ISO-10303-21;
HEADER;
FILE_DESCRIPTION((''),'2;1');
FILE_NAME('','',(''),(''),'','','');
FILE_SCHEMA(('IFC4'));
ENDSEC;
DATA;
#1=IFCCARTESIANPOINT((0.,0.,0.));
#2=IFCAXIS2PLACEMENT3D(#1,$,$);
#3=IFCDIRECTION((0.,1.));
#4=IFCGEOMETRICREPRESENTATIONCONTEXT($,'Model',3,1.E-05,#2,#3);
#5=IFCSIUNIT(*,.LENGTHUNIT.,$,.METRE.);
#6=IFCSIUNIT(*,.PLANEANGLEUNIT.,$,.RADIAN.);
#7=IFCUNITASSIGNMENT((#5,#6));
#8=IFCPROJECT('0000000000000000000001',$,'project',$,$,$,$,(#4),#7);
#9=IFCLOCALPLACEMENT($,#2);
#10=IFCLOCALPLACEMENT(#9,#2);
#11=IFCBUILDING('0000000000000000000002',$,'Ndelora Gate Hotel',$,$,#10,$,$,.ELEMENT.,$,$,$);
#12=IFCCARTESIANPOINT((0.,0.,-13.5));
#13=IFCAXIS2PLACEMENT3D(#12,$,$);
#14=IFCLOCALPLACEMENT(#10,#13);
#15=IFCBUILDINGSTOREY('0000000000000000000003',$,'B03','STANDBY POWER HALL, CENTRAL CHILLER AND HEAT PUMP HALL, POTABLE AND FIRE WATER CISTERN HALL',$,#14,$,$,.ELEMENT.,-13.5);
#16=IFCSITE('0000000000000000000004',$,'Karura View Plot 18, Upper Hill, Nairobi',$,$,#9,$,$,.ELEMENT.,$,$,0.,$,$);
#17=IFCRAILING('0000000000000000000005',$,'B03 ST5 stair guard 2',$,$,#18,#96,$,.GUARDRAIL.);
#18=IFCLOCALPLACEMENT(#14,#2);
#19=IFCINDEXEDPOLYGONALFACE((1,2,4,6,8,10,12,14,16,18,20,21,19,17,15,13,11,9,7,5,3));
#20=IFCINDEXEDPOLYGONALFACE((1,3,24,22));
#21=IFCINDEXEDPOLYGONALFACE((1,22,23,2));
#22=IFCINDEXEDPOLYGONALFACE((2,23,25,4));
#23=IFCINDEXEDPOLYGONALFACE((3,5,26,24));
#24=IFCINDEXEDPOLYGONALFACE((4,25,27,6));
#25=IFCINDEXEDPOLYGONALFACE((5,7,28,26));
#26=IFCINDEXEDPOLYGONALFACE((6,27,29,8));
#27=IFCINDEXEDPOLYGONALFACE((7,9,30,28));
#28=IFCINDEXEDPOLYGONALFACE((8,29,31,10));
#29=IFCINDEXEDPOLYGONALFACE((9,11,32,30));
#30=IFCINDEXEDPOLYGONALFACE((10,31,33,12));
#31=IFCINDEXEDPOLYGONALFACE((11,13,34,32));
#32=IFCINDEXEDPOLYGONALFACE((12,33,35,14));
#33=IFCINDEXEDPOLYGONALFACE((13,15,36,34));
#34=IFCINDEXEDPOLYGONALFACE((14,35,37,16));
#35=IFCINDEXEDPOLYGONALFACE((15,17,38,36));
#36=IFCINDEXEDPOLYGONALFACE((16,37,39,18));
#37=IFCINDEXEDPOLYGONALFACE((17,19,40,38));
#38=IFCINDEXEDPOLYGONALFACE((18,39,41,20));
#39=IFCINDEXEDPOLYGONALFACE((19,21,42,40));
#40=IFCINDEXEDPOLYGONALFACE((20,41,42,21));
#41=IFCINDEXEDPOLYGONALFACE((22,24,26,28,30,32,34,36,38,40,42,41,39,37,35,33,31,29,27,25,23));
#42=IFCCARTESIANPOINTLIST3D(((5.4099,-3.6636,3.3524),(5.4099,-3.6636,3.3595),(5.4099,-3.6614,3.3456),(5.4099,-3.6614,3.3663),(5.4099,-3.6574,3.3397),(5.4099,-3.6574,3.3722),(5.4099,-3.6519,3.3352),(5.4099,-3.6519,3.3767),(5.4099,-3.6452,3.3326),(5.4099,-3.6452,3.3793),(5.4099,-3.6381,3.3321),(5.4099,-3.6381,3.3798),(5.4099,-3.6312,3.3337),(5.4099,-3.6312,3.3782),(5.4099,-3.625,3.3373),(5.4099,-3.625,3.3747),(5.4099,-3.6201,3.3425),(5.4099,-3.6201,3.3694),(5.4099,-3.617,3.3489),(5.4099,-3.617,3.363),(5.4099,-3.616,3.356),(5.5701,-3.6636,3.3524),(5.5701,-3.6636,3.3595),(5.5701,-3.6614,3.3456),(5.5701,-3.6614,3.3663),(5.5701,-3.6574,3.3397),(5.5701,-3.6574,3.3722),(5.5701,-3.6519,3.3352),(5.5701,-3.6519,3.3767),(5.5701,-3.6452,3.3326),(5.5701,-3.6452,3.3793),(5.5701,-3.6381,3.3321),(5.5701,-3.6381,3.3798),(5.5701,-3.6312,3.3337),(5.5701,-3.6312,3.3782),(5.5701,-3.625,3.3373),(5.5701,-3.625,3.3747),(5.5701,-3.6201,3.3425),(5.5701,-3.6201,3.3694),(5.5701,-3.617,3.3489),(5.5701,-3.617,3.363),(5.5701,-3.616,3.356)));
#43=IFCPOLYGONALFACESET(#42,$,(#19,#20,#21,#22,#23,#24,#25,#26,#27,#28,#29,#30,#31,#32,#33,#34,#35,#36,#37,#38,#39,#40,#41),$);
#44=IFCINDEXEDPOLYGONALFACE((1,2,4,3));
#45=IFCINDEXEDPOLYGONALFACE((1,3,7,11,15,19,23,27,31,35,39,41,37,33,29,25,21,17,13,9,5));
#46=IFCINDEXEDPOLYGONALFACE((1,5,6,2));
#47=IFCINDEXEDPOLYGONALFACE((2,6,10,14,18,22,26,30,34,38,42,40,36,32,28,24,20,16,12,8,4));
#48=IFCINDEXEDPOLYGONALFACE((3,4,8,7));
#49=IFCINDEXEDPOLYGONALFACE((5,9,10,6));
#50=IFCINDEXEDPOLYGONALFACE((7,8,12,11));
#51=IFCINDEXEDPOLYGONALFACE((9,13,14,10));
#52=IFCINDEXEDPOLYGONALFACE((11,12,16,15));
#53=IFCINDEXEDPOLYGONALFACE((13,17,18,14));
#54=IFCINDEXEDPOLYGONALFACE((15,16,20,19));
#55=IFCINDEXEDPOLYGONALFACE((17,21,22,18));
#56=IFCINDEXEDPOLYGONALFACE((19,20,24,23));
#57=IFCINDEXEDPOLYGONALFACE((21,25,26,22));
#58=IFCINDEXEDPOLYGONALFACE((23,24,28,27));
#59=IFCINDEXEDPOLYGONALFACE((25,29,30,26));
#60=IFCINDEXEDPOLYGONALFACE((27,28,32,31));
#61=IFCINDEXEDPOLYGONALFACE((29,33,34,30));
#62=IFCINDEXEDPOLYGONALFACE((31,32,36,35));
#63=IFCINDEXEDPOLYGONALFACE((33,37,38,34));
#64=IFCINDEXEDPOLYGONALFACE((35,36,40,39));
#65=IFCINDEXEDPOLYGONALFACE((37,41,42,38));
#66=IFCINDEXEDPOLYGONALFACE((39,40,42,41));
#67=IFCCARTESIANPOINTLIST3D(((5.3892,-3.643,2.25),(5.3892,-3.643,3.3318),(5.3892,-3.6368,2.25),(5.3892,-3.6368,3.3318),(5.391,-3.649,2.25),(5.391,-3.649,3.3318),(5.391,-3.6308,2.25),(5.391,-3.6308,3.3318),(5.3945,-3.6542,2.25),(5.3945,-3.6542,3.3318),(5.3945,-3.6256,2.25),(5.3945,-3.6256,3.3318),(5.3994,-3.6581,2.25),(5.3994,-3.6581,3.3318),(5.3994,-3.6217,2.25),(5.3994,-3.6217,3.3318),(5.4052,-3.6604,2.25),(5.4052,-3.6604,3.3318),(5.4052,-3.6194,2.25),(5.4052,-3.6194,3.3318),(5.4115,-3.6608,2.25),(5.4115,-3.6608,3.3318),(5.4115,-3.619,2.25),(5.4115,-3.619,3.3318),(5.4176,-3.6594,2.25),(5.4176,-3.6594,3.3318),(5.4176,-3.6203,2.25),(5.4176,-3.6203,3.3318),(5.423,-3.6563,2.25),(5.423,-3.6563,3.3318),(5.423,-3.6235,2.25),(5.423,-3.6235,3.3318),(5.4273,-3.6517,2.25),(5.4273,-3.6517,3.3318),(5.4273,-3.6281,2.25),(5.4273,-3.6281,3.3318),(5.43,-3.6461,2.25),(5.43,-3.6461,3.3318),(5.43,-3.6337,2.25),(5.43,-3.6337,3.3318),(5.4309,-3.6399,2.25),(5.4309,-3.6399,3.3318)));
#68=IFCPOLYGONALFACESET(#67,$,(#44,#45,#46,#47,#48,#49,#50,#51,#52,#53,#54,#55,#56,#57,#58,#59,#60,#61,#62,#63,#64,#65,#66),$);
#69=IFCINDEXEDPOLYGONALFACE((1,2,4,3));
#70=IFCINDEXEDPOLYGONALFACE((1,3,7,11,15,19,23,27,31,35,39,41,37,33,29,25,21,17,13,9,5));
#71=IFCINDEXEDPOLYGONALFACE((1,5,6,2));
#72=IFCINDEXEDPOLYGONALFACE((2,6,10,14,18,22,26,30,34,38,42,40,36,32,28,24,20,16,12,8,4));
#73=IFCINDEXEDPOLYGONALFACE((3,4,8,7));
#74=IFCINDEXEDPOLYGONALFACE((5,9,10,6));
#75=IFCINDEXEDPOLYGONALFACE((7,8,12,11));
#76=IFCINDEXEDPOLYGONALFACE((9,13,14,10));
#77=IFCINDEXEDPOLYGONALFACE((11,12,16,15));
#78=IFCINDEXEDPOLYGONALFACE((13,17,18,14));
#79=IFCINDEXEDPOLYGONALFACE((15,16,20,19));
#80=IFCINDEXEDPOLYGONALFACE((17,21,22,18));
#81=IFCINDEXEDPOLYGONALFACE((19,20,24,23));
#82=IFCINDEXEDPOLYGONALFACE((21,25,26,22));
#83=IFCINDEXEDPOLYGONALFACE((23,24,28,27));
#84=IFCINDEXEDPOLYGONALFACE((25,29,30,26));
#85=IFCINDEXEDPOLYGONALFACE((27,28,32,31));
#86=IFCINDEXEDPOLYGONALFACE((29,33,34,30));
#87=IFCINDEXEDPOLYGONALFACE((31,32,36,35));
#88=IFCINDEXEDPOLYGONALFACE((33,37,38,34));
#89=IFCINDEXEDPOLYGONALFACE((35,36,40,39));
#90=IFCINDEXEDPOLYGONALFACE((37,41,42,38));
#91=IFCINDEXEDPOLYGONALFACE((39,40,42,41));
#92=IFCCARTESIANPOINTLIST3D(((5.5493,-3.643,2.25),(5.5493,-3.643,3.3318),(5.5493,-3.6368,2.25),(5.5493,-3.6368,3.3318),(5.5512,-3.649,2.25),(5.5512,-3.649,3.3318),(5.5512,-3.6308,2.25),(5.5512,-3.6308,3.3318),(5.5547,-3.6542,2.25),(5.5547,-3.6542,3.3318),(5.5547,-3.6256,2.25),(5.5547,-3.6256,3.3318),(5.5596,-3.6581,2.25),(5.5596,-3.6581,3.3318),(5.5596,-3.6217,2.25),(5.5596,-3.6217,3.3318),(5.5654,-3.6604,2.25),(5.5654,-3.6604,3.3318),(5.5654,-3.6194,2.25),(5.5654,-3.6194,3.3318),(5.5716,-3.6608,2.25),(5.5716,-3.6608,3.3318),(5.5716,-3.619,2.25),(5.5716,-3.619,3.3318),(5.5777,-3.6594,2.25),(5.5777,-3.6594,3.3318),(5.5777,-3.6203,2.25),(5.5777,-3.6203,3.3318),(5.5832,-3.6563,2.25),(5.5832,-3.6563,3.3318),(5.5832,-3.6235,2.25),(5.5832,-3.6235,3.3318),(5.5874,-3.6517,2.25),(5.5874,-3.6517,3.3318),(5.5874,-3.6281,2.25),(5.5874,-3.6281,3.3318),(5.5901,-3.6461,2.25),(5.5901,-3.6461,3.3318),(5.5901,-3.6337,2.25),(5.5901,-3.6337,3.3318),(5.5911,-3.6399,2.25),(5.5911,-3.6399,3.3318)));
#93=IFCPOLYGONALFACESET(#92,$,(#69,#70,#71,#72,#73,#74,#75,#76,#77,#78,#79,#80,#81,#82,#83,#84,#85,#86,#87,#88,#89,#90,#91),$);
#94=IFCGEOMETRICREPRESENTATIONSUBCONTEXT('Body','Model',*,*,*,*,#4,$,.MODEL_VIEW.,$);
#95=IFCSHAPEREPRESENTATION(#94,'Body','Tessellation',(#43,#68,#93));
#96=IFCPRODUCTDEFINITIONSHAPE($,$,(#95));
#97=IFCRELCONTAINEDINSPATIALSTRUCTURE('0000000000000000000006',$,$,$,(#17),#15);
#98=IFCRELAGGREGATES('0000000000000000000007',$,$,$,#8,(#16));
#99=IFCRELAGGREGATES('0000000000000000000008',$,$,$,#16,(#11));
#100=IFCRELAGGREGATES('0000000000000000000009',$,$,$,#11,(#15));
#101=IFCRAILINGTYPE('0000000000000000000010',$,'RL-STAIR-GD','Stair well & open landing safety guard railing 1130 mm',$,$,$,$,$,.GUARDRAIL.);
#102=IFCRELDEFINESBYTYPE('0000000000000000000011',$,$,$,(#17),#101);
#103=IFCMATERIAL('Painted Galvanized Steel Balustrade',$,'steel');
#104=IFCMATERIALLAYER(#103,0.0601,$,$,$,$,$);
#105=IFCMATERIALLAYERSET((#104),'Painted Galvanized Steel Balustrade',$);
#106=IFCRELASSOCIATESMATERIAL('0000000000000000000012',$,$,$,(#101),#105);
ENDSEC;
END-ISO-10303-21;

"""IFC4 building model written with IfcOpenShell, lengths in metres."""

from ifc_helpers import new_model, si_unit, direction, frame, origin, origin_2d, place, context, subcontext, project, spatial, circle, extrude, material, layer, layer_set, type_object, element, save


model = new_model("IFC4")

# Units and contexts
model_context = context("Model", 3, precision=1e-05, world=origin(), true_north=direction((0.0, 1.0)))
body_context = subcontext(model_context, "Body", "Model", "MODEL_VIEW")
ifc_project = project(units=[si_unit("LENGTHUNIT", "METRE"), si_unit("PLANEANGLEUNIT", "RADIAN")], contexts=[model_context])

# Site, building, storey
site_placement = place(None, origin())
site = spatial("IfcSite", under=ifc_project, at=site_placement, Name="Karura View Plot 18, Upper Hill, Nairobi", CompositionType="ELEMENT", RefElevation=0.0)
building_placement = place(site_placement, origin())
building = spatial("IfcBuilding", under=site, at=building_placement, Name="Ndelora Gate Hotel", CompositionType="ELEMENT")
storey_placement = place(building_placement, frame((0.0, 0.0, -13.5)))
storey = spatial("IfcBuildingStorey", under=building, at=storey_placement, Name="B03", Description="STANDBY POWER HALL, CENTRAL CHILLER AND HEAT PUMP HALL, POTABLE AND FIRE WATER CISTERN HALL", CompositionType="ELEMENT", Elevation=-13.5)

# Railing
ifc_material_1 = material(Name="Painted Galvanized Steel Balustrade", Category="steel")
ifc_layer_1 = layer(ifc_material_1, 0.0601)
ifc_layer_set_1 = layer_set([ifc_layer_1], Name="Painted Galvanized Steel Balustrade")
railing_type_1 = type_object("IfcRailingType", Name="RL-STAIR-GD", Description="Stair well & open landing safety guard railing 1130 mm", PredefinedType="GUARDRAIL", material=ifc_layer_set_1)
railing_1_placement = place(storey_placement, frame((5.4099, -3.6399, 2.25)))
element("IfcRailing", 1, at=railing_1_placement, inside=storey, type_object=railing_type_1, Name="B03 ST5 stair guard 2", PredefinedType="GUARDRAIL", context=body_context, shape_type="SweptSolid", body=[
    extrude(circle(Radius=0.0239, at=origin_2d()), frame((0.0, 0.0, 1.106), z_axis=(1.0, 0.0, 0.0), x_axis=(0.0, 1.0, 0.0)), (0.0, 0.0, 1.0), 0.1602),
    extrude(circle(Radius=0.021, at=origin_2d()), origin(), (0.0, 0.0, 1.0), 1.0818),
    extrude(circle(Radius=0.021, at=origin_2d()), frame((0.1602, 0.0, 0.0)), (0.0, 0.0, 1.0), 1.0818),
])

save(model, "model.ifc")
